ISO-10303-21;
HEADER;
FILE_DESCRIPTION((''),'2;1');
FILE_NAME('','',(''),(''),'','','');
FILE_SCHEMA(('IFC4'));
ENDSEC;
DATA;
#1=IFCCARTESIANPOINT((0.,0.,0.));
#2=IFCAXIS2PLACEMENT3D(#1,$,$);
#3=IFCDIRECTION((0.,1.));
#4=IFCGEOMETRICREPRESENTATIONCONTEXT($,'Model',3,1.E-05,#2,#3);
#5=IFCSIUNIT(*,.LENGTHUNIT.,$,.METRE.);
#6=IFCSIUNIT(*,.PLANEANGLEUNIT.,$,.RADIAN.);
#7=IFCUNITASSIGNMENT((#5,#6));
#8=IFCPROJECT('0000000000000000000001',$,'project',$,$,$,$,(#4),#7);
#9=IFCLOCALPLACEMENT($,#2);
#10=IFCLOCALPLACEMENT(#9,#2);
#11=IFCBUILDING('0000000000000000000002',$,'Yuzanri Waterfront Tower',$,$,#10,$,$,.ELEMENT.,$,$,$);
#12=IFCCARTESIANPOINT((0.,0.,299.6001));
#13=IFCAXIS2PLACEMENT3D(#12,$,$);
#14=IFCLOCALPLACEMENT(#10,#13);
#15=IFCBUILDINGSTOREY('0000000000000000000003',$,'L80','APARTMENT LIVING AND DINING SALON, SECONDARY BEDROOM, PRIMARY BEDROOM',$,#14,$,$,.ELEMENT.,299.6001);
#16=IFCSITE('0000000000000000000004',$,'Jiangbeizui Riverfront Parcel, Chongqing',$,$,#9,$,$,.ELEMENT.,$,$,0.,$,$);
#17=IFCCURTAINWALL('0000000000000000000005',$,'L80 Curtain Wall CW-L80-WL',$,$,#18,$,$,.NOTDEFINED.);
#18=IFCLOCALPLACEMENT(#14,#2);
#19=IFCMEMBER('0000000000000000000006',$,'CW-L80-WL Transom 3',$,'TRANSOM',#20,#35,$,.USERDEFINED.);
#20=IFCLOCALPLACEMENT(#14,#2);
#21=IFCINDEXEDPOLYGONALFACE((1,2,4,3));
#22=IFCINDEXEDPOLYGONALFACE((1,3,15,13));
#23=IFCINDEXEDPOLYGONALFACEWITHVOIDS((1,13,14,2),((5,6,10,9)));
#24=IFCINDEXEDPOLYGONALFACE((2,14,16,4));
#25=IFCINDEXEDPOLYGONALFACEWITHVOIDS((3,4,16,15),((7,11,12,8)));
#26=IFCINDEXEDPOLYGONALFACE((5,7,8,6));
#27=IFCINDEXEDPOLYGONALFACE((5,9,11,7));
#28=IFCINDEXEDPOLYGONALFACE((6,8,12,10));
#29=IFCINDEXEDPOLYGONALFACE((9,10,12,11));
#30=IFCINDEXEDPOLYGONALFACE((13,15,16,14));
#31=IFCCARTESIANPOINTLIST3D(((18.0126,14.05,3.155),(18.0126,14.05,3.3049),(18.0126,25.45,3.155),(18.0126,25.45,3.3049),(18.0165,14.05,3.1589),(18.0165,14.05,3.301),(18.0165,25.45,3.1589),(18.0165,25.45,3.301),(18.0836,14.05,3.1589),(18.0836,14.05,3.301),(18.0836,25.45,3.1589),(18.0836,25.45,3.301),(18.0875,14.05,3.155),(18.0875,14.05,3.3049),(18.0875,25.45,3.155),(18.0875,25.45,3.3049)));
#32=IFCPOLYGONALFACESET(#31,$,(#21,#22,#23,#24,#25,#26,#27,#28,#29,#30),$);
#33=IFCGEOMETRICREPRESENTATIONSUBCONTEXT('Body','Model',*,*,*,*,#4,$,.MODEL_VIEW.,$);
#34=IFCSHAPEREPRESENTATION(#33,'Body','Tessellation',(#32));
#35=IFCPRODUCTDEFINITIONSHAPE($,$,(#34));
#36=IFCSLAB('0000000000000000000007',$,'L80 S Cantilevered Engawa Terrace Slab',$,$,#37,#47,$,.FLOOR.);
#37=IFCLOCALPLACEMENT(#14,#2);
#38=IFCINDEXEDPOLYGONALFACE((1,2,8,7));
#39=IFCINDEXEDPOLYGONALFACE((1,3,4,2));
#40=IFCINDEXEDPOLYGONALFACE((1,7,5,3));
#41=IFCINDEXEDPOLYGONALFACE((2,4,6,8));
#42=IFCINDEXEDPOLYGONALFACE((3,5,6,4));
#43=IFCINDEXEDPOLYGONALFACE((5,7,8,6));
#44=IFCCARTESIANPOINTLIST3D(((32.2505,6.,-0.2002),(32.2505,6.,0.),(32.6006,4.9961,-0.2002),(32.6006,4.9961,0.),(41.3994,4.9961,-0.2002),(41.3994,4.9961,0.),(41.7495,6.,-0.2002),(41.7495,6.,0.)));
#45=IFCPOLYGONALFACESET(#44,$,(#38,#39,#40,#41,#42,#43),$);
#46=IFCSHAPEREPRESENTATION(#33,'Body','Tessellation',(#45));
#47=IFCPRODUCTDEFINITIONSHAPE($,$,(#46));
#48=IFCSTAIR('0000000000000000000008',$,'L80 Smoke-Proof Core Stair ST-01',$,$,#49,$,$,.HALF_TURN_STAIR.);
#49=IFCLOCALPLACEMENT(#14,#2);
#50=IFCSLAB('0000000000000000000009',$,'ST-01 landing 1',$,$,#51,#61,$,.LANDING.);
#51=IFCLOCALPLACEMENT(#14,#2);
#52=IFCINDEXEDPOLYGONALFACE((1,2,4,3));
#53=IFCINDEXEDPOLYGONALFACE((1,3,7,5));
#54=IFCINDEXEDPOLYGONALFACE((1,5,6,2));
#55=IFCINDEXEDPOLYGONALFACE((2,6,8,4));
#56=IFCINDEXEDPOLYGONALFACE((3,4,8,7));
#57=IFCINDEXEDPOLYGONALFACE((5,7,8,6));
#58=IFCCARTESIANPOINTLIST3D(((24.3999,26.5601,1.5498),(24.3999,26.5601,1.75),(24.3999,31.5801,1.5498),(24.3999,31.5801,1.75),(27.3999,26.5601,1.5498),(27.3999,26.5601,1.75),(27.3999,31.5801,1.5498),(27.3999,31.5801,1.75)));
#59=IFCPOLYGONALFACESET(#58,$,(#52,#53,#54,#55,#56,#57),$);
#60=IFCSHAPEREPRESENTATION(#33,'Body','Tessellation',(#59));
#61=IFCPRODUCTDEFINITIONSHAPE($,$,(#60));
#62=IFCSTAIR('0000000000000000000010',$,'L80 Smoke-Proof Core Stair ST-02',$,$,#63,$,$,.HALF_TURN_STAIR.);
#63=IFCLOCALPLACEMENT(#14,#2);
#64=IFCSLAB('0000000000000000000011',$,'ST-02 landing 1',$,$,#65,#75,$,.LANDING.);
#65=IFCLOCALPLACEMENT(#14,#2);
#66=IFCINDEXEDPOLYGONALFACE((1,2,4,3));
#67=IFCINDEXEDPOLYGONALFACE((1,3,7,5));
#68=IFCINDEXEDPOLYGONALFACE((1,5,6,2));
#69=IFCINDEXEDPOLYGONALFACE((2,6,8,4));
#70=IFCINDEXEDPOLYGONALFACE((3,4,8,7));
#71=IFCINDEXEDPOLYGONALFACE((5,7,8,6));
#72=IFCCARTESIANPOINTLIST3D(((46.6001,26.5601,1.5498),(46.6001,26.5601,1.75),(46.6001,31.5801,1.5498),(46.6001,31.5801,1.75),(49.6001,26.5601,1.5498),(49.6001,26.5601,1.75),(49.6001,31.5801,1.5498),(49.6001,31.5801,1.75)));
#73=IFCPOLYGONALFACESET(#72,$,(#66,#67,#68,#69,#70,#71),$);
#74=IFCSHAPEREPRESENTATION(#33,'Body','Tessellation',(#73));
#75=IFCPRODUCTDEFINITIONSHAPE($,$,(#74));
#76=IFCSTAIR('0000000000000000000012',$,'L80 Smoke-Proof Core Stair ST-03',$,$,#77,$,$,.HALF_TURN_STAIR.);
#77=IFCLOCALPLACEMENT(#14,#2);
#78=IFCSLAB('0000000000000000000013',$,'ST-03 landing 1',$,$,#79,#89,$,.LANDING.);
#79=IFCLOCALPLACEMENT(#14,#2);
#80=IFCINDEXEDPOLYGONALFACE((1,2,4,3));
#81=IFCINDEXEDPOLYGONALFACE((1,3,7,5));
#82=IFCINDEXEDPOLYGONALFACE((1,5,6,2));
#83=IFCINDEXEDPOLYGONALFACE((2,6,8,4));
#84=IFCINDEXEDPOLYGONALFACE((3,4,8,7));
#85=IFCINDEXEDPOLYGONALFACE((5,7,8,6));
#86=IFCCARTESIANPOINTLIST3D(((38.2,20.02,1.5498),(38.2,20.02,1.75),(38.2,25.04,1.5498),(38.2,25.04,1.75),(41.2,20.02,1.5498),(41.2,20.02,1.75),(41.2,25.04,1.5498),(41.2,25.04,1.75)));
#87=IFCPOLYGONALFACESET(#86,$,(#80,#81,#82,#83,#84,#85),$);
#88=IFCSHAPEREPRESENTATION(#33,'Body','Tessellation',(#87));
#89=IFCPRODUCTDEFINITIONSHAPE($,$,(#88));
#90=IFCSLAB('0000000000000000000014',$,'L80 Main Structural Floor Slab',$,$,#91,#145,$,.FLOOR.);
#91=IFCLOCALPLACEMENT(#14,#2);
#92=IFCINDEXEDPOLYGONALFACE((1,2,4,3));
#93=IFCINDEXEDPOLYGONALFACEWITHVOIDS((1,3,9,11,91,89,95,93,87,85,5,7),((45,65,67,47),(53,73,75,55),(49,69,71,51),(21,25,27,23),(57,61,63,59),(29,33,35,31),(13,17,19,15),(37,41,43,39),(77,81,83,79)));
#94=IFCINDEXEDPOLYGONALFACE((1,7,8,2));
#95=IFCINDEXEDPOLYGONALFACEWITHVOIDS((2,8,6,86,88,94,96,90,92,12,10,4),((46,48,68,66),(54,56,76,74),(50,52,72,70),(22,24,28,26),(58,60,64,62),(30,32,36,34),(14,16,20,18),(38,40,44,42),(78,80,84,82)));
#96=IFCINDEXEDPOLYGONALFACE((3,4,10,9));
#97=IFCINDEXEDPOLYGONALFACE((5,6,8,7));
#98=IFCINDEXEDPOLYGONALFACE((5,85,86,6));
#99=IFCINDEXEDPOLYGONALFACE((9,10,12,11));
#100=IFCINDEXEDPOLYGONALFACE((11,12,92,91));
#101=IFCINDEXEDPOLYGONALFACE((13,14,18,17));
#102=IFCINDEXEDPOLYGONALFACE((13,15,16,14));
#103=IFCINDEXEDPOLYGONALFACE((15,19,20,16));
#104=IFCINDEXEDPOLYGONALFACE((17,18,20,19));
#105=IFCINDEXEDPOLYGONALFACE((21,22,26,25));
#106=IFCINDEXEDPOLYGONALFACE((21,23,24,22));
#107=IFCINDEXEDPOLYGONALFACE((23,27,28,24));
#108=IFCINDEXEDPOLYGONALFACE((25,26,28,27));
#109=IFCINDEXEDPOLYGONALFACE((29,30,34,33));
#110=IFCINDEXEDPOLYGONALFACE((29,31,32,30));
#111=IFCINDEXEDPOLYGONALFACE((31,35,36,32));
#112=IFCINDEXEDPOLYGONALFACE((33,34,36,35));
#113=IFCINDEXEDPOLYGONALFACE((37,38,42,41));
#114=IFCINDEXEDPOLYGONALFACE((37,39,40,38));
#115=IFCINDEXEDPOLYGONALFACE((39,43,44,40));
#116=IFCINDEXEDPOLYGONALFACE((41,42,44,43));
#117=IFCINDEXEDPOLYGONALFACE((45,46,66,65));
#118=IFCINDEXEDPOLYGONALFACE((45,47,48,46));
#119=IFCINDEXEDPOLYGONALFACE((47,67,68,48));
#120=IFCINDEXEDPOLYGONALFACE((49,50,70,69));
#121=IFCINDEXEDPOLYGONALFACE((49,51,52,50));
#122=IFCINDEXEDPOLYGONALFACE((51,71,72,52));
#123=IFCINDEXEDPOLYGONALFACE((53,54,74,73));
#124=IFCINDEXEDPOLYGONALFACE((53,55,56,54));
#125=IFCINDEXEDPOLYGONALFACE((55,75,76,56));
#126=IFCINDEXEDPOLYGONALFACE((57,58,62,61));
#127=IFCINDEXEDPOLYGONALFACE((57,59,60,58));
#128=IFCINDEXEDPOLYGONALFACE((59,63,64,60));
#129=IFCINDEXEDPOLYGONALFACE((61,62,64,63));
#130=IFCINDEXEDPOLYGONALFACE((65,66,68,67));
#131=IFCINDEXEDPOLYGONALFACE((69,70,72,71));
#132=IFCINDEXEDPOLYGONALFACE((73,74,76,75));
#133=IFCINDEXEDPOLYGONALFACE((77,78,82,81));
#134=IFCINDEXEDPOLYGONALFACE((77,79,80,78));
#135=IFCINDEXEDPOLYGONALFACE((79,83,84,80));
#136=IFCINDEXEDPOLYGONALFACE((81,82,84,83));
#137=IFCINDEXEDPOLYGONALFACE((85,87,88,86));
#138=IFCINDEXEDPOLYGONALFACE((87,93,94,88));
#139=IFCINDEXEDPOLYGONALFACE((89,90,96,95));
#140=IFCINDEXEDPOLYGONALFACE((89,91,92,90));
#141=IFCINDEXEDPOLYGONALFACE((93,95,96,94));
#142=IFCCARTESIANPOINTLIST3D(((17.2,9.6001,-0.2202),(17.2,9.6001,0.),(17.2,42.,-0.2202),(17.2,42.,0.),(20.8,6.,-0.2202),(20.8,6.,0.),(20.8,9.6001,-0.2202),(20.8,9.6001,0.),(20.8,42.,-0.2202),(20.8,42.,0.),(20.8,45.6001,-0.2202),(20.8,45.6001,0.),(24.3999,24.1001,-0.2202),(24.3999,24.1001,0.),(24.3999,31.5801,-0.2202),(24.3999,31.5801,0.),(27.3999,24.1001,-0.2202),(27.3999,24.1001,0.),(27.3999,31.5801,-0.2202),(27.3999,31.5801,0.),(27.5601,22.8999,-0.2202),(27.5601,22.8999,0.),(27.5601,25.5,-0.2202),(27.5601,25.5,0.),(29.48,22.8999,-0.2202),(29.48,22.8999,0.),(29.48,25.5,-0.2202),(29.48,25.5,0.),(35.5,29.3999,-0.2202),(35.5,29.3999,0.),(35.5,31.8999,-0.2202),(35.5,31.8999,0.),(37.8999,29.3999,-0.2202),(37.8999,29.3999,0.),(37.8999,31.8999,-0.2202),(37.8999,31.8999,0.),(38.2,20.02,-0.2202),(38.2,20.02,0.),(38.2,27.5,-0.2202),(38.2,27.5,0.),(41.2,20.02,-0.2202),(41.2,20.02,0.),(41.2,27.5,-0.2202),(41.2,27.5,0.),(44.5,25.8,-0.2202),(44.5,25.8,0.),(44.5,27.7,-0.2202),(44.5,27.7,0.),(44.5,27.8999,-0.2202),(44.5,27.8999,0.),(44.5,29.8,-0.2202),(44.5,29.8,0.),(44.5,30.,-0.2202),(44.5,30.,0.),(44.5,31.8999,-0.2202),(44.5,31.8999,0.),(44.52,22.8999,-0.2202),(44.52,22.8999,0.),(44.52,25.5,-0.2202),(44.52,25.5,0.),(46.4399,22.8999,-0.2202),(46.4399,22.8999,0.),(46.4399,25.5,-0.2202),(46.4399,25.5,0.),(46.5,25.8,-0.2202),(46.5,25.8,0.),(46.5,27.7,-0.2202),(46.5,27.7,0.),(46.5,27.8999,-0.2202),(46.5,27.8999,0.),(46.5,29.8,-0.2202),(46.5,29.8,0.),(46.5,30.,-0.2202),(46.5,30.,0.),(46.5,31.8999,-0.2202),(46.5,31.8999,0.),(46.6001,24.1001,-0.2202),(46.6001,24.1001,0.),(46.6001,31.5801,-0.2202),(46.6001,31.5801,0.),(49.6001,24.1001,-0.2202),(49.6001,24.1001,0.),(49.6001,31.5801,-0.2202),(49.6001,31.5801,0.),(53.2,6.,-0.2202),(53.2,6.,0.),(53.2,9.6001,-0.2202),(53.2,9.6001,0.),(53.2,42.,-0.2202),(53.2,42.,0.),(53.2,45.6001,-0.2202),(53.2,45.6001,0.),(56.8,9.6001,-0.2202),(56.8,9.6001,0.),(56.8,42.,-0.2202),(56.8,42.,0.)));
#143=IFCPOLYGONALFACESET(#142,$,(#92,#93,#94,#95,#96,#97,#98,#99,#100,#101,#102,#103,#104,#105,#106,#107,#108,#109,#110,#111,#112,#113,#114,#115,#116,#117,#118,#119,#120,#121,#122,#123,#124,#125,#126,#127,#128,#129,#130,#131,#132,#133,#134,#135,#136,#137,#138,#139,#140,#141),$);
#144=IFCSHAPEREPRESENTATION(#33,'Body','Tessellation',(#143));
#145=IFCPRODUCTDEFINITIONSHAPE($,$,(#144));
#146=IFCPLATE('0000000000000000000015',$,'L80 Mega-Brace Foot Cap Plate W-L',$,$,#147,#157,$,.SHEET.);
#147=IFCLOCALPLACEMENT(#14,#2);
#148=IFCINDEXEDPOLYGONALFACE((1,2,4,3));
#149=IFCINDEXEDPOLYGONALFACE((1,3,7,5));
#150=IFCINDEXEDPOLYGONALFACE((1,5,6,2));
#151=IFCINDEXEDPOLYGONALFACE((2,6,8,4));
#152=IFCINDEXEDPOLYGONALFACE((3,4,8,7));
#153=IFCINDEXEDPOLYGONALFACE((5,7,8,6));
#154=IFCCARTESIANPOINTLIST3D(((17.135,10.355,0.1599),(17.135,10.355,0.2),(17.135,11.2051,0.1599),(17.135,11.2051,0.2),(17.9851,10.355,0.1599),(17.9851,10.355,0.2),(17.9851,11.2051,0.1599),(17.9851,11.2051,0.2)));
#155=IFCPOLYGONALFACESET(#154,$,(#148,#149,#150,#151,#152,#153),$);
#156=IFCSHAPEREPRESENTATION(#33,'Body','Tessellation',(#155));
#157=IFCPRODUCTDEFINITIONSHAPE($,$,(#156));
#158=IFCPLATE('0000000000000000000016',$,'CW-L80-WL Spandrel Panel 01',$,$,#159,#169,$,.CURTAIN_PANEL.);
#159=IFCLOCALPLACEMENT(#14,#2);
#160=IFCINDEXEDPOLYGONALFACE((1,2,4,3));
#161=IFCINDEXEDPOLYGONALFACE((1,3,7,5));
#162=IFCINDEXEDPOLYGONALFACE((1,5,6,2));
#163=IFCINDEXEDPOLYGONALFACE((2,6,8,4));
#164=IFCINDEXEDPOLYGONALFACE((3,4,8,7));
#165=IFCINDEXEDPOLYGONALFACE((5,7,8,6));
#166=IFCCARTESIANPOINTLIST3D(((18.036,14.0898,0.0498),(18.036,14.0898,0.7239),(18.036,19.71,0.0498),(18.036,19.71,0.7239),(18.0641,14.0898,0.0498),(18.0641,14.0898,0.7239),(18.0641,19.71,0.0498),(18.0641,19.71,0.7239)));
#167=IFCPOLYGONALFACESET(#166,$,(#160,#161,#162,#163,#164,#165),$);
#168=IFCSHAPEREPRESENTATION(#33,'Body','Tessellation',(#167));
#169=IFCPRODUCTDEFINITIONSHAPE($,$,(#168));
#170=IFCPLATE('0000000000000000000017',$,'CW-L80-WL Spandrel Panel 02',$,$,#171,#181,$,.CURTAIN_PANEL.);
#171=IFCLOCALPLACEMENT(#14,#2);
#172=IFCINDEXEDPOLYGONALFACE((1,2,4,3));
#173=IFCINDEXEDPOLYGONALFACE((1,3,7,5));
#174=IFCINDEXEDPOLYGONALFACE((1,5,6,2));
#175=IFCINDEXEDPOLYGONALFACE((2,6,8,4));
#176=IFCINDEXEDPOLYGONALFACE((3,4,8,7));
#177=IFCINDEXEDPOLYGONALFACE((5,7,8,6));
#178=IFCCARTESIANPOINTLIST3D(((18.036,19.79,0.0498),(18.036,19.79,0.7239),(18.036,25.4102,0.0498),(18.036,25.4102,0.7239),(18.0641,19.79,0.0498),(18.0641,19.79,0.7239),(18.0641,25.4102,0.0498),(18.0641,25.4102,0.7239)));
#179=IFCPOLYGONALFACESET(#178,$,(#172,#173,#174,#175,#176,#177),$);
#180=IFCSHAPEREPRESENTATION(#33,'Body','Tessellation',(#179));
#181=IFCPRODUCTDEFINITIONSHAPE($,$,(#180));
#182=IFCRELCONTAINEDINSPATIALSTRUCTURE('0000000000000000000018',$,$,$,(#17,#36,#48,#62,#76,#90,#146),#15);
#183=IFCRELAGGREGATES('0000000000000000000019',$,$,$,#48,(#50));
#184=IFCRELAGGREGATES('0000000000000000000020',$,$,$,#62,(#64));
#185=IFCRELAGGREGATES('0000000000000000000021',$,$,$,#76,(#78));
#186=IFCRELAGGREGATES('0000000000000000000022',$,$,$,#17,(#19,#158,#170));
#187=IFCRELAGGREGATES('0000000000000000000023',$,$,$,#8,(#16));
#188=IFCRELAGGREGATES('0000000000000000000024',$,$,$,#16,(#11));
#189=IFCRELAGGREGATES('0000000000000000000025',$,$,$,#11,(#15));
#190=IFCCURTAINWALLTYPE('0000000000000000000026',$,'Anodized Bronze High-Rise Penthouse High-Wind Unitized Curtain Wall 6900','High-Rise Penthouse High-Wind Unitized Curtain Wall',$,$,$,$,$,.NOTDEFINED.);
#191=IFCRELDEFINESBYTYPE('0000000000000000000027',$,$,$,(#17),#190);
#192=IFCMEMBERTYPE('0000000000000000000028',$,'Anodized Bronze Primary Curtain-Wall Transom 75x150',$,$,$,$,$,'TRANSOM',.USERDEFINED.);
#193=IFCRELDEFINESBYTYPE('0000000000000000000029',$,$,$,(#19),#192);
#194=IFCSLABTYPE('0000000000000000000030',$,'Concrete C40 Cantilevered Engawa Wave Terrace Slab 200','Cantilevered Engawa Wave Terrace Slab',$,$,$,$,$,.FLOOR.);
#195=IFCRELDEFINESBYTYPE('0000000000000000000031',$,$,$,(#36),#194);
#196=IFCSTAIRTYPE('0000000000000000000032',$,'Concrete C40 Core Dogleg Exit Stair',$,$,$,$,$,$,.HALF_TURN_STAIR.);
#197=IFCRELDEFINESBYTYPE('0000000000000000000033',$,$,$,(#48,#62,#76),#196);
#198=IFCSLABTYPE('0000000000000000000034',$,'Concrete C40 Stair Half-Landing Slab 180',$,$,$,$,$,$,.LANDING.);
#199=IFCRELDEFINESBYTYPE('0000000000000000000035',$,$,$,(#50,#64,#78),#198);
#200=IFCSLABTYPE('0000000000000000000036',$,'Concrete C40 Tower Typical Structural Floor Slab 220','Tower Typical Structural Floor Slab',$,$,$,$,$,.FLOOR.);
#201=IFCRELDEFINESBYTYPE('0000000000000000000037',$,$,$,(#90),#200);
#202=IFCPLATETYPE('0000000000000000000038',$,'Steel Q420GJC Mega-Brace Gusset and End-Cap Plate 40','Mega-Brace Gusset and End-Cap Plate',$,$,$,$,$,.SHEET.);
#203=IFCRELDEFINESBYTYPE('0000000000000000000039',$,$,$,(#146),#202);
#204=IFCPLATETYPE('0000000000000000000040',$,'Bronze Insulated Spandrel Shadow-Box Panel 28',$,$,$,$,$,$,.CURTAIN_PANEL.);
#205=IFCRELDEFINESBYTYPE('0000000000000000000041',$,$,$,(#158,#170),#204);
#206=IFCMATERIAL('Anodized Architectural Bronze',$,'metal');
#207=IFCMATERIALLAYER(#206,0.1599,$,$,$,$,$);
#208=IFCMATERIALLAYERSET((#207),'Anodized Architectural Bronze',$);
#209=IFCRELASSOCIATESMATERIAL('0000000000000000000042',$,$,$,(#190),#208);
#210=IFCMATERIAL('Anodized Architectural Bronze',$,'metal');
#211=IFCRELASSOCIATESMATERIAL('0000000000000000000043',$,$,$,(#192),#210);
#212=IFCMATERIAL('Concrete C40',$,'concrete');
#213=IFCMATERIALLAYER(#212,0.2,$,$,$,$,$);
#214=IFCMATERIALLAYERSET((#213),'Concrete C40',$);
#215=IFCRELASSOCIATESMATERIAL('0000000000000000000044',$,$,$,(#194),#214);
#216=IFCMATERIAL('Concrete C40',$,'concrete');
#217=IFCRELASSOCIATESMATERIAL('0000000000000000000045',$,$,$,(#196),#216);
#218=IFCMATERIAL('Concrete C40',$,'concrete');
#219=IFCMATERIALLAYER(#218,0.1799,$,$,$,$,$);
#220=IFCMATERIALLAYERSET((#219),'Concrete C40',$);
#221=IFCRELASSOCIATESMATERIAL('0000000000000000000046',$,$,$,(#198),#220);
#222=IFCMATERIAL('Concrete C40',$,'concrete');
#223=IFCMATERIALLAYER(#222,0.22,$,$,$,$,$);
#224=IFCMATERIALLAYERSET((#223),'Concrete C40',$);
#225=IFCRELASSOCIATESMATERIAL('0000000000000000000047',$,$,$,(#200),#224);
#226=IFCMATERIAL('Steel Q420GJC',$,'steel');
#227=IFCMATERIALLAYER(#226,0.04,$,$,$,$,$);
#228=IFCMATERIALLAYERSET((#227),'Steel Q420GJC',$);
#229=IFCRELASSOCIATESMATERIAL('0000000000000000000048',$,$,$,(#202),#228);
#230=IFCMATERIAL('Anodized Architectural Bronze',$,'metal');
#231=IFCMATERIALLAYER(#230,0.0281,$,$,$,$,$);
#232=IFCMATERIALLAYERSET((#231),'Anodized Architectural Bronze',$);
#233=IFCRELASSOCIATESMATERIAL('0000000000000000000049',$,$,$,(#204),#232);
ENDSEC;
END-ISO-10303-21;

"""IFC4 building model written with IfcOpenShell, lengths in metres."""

from ifc_helpers import new_model, si_unit, direction, frame, origin, origin_2d, place, context, subcontext, project, spatial, polyline, rectangle, hollow_rectangle, outline, extrude, source, transform, mapped, material, layer, layer_set, material_profile, profile_set, type_object, element, aggregate, save


model = new_model("IFC4")

# Units and contexts
model_context = context("Model", 3, precision=1e-05, world=origin(), true_north=direction((0.0, 1.0)))
body_context = subcontext(model_context, "Body", "Model", "MODEL_VIEW")
ifc_project = project(units=[si_unit("LENGTHUNIT", "METRE"), si_unit("PLANEANGLEUNIT", "RADIAN")], contexts=[model_context])

# Site, building, storey
site_placement = place(None, origin())
site = spatial("IfcSite", under=ifc_project, at=site_placement, Name="Jiangbeizui Riverfront Parcel, Chongqing", CompositionType="ELEMENT", RefElevation=0.0)
building_placement = place(site_placement, origin())
building = spatial("IfcBuilding", under=site, at=building_placement, Name="Yuzanri Waterfront Tower", CompositionType="ELEMENT")
storey_placement = place(building_placement, frame((0.0, 0.0, 299.6001)))
storey = spatial("IfcBuildingStorey", under=building, at=storey_placement, Name="L80", Description="APARTMENT LIVING AND DINING SALON, SECONDARY BEDROOM, PRIMARY BEDROOM", CompositionType="ELEMENT", Elevation=299.6001)

# Curtain wall, member
ifc_material_1 = material(Name="Anodized Architectural Bronze", Category="metal")
ifc_layer_1 = layer(ifc_material_1, 0.1599)
ifc_layer_set_1 = layer_set([ifc_layer_1], Name="Anodized Architectural Bronze")
curtain_wall_type = type_object("IfcCurtainWallType", Name="Anodized Bronze High-Rise Penthouse High-Wind Unitized Curtain Wall 6900", Description="High-Rise Penthouse High-Wind Unitized Curtain Wall", PredefinedType="NOTDEFINED", material=ifc_layer_set_1)
curtain_wall_placement = place(storey_placement, origin())
curtain_wall = element("IfcCurtainWall", 1, at=curtain_wall_placement, inside=storey, type_object=curtain_wall_type, Name="L80 Curtain Wall CW-L80-WL", PredefinedType="NOTDEFINED")
ifc_material_2 = material(Name="Anodized Architectural Bronze", Category="metal")
ifc_material_profile_1 = material_profile(ifc_material_2, hollow_rectangle(XDim=0.075, YDim=0.1499, WallThickness=0.0039, at=origin_2d()), Name="CWT 75x150")
ifc_profile_set_1 = profile_set([ifc_material_profile_1], Name="Anodized Architectural Bronze")
member_type_1 = type_object("IfcMemberType", Name="Anodized Bronze Primary Curtain-Wall Transom 75x150", ElementType="TRANSOM", PredefinedType="USERDEFINED", material=ifc_profile_set_1)
shared_shape_1 = source(origin(), body_context, "Body", "SweptSolid", [
    extrude(hollow_rectangle(XDim=0.075, YDim=0.1499, WallThickness=0.0039, at=origin_2d()), origin(), (0.0, 0.0, 1.0), 11.3999),
])
member_1_placement = place(storey_placement, frame((18.05, 14.05, 3.23), z_axis=(0.0, 1.0, 0.0), x_axis=(-1.0, 0.0, 0.0)))
member_1 = element("IfcMember", 2, at=member_1_placement, type_object=member_type_1, Name="CW-L80-WL Transom 3", ObjectType="TRANSOM", PredefinedType="USERDEFINED", context=body_context, shape_type="MappedRepresentation", body=[
    mapped(shared_shape_1, transform((0.0, 0.0, 0.0), scale=1.0)),
])

# Slab
ifc_material_3 = material(Name="Concrete C40", Category="concrete")
ifc_layer_2 = layer(ifc_material_3, 0.2)
ifc_layer_set_2 = layer_set([ifc_layer_2], Name="Concrete C40")
slab_type_1 = type_object("IfcSlabType", Name="Concrete C40 Cantilevered Engawa Wave Terrace Slab 200", Description="Cantilevered Engawa Wave Terrace Slab", PredefinedType="FLOOR", material=ifc_layer_set_2)
slab_1_placement = place(storey_placement, frame((0.0, 0.0, -0.2002)))
element("IfcSlab", 3, at=slab_1_placement, inside=storey, type_object=slab_type_1, Name="L80 S Cantilevered Engawa Terrace Slab", PredefinedType="FLOOR", context=body_context, shape_type="SweptSolid", body=[
    extrude(outline(polyline([(32.2505, 6.0), (41.7495, 6.0), (41.3994, 4.9961), (32.6006, 4.9961), (32.2505, 6.0)])), origin(), (0.0, 0.0, 1.0), 0.2002),
])

# Stairs, slabs
ifc_material_4 = material(Name="Concrete C40", Category="concrete")
stair_type = type_object("IfcStairType", Name="Concrete C40 Core Dogleg Exit Stair", PredefinedType="HALF_TURN_STAIR", material=ifc_material_4)
stair_1_placement = place(storey_placement, origin())
stair_1 = element("IfcStair", 4, at=stair_1_placement, inside=storey, type_object=stair_type, Name="L80 Smoke-Proof Core Stair ST-01", PredefinedType="HALF_TURN_STAIR")
ifc_material_5 = material(Name="Concrete C40", Category="concrete")
ifc_layer_3 = layer(ifc_material_5, 0.1799)
ifc_layer_set_3 = layer_set([ifc_layer_3], Name="Concrete C40")
slab_type_2 = type_object("IfcSlabType", Name="Concrete C40 Stair Half-Landing Slab 180", PredefinedType="LANDING", material=ifc_layer_set_3)
slab_2_placement = place(storey_placement, frame((0.0, 0.0, 1.5498)))
slab_2 = element("IfcSlab", 5, at=slab_2_placement, type_object=slab_type_2, Name="ST-01 landing 1", PredefinedType="LANDING", context=body_context, shape_type="SweptSolid", body=[
    extrude(outline(polyline([(27.3999, 26.5601), (27.3999, 31.5801), (24.3999, 31.5801), (24.3999, 26.5601), (27.3999, 26.5601)])), origin(), (0.0, 0.0, 1.0), 0.2002),
])
aggregate(stair_1, [slab_2])
stair_2_placement = place(storey_placement, origin())
stair_2 = element("IfcStair", 6, at=stair_2_placement, inside=storey, type_object=stair_type, Name="L80 Smoke-Proof Core Stair ST-02", PredefinedType="HALF_TURN_STAIR")
slab_3_placement = place(storey_placement, frame((0.0, 0.0, 1.5498)))
slab_3 = element("IfcSlab", 7, at=slab_3_placement, type_object=slab_type_2, Name="ST-02 landing 1", PredefinedType="LANDING", context=body_context, shape_type="SweptSolid", body=[
    extrude(outline(polyline([(49.6001, 26.5601), (49.6001, 31.5801), (46.6001, 31.5801), (46.6001, 26.5601), (49.6001, 26.5601)])), origin(), (0.0, 0.0, 1.0), 0.2002),
])
aggregate(stair_2, [slab_3])
stair_3_placement = place(storey_placement, origin())
stair_3 = element("IfcStair", 8, at=stair_3_placement, inside=storey, type_object=stair_type, Name="L80 Smoke-Proof Core Stair ST-03", PredefinedType="HALF_TURN_STAIR")
slab_4_placement = place(storey_placement, frame((0.0, 0.0, 1.5498)))
slab_4 = element("IfcSlab", 9, at=slab_4_placement, type_object=slab_type_2, Name="ST-03 landing 1", PredefinedType="LANDING", context=body_context, shape_type="SweptSolid", body=[
    extrude(outline(polyline([(38.2, 25.04), (38.2, 20.02), (41.2, 20.02), (41.2, 25.04), (38.2, 25.04)])), origin(), (0.0, 0.0, 1.0), 0.2002),
])
aggregate(stair_3, [slab_4])

# Slab
ifc_material_6 = material(Name="Concrete C40", Category="concrete")
ifc_layer_4 = layer(ifc_material_6, 0.22)
ifc_layer_set_4 = layer_set([ifc_layer_4], Name="Concrete C40")
slab_type_3 = type_object("IfcSlabType", Name="Concrete C40 Tower Typical Structural Floor Slab 220", Description="Tower Typical Structural Floor Slab", PredefinedType="FLOOR", material=ifc_layer_set_4)
slab_5_placement = place(storey_placement, frame((0.0, 0.0, -0.2202)))
element("IfcSlab", 10, at=slab_5_placement, inside=storey, type_object=slab_type_3, Name="L80 Main Structural Floor Slab", PredefinedType="FLOOR", context=body_context, shape_type="SweptSolid", body=[
    extrude(outline(polyline([(20.8, 6.0), (53.2, 6.0), (53.2, 9.6001), (56.8, 9.6001), (56.8, 42.0), (53.2, 42.0), (53.2, 45.6001), (20.8, 45.6001), (20.8, 42.0), (17.2, 42.0), (17.2, 9.6001), (20.8, 9.6001), (20.8, 6.0)]), holes=[polyline([(27.3999, 24.1001), (27.3999, 31.5801), (24.3999, 31.5801), (24.3999, 24.1001), (27.3999, 24.1001)]), polyline([(49.6001, 24.1001), (49.6001, 31.5801), (46.6001, 31.5801), (46.6001, 24.1001), (49.6001, 24.1001)]), polyline([(38.2, 27.5), (38.2, 20.02), (41.2, 20.02), (41.2, 27.5), (38.2, 27.5)]), polyline([(27.5601, 22.8999), (29.48, 22.8999), (29.48, 25.5), (27.5601, 25.5), (27.5601, 22.8999)]), polyline([(44.52, 22.8999), (46.4399, 22.8999), (46.4399, 25.5), (44.52, 25.5), (44.52, 22.8999)]), polyline([(35.5, 29.3999), (37.8999, 29.3999), (37.8999, 31.8999), (35.5, 31.8999), (35.5, 29.3999)]), polyline([(44.5, 25.8), (46.5, 25.8), (46.5, 27.7), (44.5, 27.7), (44.5, 25.8)]), polyline([(44.5, 27.8999), (46.5, 27.8999), (46.5, 29.8), (44.5, 29.8), (44.5, 27.8999)]), polyline([(44.5, 30.0), (46.5, 30.0), (46.5, 31.8999), (44.5, 31.8999), (44.5, 30.0)])]), origin(), (0.0, 0.0, 1.0), 0.2202),
])

# Plates
ifc_material_7 = material(Name="Steel Q420GJC", Category="steel")
ifc_layer_5 = layer(ifc_material_7, 0.04)
ifc_layer_set_5 = layer_set([ifc_layer_5], Name="Steel Q420GJC")
plate_type_1 = type_object("IfcPlateType", Name="Steel Q420GJC Mega-Brace Gusset and End-Cap Plate 40", Description="Mega-Brace Gusset and End-Cap Plate", PredefinedType="SHEET", material=ifc_layer_set_5)
shared_shape_2 = source(origin(), body_context, "Body", "SweptSolid", [
    extrude(rectangle(XDim=0.8501, YDim=0.8501, at=origin_2d()), origin(), (0.0, 0.0, 1.0), 0.04),
])
plate_1_placement = place(storey_placement, frame((17.5601, 10.78, 0.1599), z_axis=(0.0, 0.0, 1.0), x_axis=(1.0, 0.0, 0.0)))
element("IfcPlate", 11, at=plate_1_placement, inside=storey, type_object=plate_type_1, Name="L80 Mega-Brace Foot Cap Plate W-L", PredefinedType="SHEET", context=body_context, shape_type="MappedRepresentation", body=[
    mapped(shared_shape_2, transform((0.0, 0.0, 0.0), scale=1.0)),
])
ifc_material_8 = material(Name="Anodized Architectural Bronze", Category="metal")
ifc_layer_6 = layer(ifc_material_8, 0.0281)
ifc_layer_set_6 = layer_set([ifc_layer_6], Name="Anodized Architectural Bronze")
plate_type_2 = type_object("IfcPlateType", Name="Bronze Insulated Spandrel Shadow-Box Panel 28", PredefinedType="CURTAIN_PANEL", material=ifc_layer_set_6)
shared_shape_3 = source(origin(), body_context, "Body", "SweptSolid", [
    extrude(rectangle(XDim=5.6201, YDim=0.0281, at=origin_2d()), origin(), (0.0, 0.0, 1.0), 0.6741),
])
plate_2_placement = place(storey_placement, frame((18.05, 16.8999, 0.0498), z_axis=(0.0, 0.0, 1.0), x_axis=(0.0, 1.0, 0.0)))
plate_2 = element("IfcPlate", 12, at=plate_2_placement, type_object=plate_type_2, Name="CW-L80-WL Spandrel Panel 01", PredefinedType="CURTAIN_PANEL", context=body_context, shape_type="MappedRepresentation", body=[
    mapped(shared_shape_3, transform((0.0, 0.0, 0.0), scale=1.0)),
])
plate_3_placement = place(storey_placement, frame((18.05, 22.6001, 0.0498), z_axis=(0.0, 0.0, 1.0), x_axis=(0.0, 1.0, 0.0)))
plate_3 = element("IfcPlate", 13, at=plate_3_placement, type_object=plate_type_2, Name="CW-L80-WL Spandrel Panel 02", PredefinedType="CURTAIN_PANEL", context=body_context, shape_type="MappedRepresentation", body=[
    mapped(shared_shape_3, transform((0.0, 0.0, 0.0), scale=1.0)),
])
aggregate(curtain_wall, [member_1, plate_2, plate_3])

save(model, "model.ifc")
